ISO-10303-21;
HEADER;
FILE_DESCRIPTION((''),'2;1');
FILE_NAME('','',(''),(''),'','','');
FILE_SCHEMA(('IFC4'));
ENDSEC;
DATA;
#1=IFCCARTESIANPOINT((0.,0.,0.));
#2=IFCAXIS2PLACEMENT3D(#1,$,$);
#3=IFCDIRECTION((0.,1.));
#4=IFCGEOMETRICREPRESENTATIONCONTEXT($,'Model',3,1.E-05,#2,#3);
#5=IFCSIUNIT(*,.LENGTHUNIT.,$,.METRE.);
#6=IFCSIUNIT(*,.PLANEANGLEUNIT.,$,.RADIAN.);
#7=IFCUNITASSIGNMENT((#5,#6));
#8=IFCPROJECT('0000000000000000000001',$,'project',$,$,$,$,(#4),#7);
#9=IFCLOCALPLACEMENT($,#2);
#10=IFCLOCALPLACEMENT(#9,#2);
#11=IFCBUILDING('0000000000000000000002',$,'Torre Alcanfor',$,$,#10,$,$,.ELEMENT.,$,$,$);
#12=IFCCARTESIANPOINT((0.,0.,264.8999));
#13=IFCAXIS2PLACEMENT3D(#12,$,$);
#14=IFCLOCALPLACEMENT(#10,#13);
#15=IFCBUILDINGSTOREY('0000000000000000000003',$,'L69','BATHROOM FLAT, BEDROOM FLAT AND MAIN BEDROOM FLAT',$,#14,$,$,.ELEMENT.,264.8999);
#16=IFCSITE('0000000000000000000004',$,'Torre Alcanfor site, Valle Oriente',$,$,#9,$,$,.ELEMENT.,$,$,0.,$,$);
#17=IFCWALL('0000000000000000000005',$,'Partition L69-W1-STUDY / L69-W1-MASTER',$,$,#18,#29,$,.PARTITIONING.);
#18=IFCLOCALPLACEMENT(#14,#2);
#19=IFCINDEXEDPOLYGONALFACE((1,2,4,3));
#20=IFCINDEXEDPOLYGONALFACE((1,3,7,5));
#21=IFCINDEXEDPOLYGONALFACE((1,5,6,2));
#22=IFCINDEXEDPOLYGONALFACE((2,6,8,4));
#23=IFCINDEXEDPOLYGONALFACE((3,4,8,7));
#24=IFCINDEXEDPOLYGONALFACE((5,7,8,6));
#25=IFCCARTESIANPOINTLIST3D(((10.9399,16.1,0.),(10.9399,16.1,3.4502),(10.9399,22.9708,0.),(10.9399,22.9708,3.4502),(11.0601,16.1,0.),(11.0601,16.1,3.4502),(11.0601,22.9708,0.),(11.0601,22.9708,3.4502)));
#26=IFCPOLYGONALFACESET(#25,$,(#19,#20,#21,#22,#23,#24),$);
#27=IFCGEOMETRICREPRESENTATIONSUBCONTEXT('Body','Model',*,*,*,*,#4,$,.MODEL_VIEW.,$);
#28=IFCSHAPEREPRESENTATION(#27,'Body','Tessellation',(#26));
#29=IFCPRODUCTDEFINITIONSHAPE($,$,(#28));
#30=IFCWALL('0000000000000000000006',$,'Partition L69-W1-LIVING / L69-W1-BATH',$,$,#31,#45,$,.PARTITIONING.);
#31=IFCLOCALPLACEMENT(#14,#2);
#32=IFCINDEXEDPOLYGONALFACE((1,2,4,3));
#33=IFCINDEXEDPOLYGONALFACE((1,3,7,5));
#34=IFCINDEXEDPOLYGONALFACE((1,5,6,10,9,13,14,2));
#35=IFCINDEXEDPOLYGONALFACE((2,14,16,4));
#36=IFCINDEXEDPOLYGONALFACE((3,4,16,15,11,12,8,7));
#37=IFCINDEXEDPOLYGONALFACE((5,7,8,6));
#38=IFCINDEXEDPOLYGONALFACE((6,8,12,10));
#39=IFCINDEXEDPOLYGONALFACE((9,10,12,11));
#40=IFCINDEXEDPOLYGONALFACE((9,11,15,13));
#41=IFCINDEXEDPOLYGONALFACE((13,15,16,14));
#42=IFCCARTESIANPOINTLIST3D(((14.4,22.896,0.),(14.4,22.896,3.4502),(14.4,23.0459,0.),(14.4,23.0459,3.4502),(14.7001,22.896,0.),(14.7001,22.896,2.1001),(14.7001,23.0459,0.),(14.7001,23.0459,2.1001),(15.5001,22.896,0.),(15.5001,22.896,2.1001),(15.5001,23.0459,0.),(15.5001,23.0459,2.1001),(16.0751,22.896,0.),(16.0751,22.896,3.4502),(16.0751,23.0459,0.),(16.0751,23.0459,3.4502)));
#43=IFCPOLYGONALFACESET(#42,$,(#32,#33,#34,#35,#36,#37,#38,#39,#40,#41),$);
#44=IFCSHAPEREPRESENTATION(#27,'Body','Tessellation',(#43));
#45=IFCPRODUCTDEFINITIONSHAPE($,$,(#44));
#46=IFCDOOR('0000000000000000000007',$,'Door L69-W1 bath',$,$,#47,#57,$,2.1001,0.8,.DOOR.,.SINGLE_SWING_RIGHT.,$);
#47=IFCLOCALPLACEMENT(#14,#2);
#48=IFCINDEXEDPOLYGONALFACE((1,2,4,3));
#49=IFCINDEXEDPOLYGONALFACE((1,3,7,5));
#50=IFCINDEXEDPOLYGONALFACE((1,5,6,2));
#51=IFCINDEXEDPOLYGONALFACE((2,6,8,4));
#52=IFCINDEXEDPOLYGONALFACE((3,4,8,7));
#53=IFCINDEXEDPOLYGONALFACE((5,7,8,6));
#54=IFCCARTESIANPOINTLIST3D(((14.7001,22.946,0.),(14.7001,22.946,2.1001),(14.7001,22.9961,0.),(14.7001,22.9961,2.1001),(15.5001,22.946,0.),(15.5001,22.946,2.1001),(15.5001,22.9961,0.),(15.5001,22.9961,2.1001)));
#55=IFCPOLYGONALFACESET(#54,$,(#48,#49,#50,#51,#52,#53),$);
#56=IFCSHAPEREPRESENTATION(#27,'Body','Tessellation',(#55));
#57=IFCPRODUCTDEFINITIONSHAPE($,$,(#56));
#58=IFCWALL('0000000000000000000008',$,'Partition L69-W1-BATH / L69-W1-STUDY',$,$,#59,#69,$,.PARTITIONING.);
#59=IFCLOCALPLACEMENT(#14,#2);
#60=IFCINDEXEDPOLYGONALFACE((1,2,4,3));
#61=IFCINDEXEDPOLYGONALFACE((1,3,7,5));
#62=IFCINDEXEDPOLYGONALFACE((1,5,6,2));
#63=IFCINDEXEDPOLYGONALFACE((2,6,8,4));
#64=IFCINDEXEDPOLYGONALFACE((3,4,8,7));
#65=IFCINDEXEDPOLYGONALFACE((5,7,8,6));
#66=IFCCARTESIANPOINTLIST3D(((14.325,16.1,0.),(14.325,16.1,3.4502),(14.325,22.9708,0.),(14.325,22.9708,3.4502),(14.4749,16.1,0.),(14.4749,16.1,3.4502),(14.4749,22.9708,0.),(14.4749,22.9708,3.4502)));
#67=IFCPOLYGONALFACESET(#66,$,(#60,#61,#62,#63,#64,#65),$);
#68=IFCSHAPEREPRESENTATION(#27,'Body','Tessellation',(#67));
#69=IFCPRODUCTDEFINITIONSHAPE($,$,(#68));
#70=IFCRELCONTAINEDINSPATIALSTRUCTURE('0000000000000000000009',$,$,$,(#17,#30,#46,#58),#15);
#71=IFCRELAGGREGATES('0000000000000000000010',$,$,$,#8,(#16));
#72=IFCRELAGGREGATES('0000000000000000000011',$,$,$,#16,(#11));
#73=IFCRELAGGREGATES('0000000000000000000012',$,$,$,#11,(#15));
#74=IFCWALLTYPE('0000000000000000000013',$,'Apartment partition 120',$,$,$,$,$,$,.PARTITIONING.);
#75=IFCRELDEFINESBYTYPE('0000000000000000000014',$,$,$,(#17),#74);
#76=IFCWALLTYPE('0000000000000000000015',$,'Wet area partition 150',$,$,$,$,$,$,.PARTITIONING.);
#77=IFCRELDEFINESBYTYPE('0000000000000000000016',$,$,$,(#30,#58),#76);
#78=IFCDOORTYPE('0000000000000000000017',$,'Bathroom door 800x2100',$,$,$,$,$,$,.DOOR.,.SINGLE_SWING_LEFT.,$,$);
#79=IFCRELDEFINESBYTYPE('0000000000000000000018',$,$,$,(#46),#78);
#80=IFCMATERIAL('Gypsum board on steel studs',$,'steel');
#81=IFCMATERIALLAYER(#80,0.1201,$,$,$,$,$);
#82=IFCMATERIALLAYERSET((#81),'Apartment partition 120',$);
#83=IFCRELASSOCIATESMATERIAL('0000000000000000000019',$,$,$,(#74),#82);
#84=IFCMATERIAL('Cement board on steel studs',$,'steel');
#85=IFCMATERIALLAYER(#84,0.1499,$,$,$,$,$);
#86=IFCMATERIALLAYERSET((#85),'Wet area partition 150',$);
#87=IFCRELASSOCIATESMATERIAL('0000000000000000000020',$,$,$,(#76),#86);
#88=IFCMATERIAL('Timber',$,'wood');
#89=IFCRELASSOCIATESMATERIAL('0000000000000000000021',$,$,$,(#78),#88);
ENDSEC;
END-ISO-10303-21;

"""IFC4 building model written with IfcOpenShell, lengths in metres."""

from ifc_helpers import new_model, si_unit, direction, frame, frame_2d, origin, place, context, subcontext, project, spatial, rectangle, extrude, material, layer, layer_set, type_object, element, fill, save


model = new_model("IFC4")

# Units and contexts
model_context = context("Model", 3, precision=1e-05, world=origin(), true_north=direction((0.0, 1.0)))
body_context = subcontext(model_context, "Body", "Model", "MODEL_VIEW")
ifc_project = project(units=[si_unit("LENGTHUNIT", "METRE"), si_unit("PLANEANGLEUNIT", "RADIAN")], contexts=[model_context])

# Site, building, storey
site_placement = place(None, origin())
site = spatial("IfcSite", under=ifc_project, at=site_placement, Name="Torre Alcanfor site, Valle Oriente", CompositionType="ELEMENT", RefElevation=0.0)
building_placement = place(site_placement, origin())
building = spatial("IfcBuilding", under=site, at=building_placement, Name="Torre Alcanfor", CompositionType="ELEMENT")
storey_placement = place(building_placement, frame((0.0, 0.0, 264.8999)))
storey = spatial("IfcBuildingStorey", under=building, at=storey_placement, Name="L69", Description="BATHROOM FLAT, BEDROOM FLAT AND MAIN BEDROOM FLAT", CompositionType="ELEMENT", Elevation=264.8999)

# Shared definitions
ifc_material_1 = material(Name="Gypsum board on steel studs", Category="steel")
ifc_layer_1 = layer(ifc_material_1, 0.1201)
ifc_layer_set_1 = layer_set([ifc_layer_1], Name="Apartment partition 120")
wall_type_1 = type_object("IfcWallType", Name="Apartment partition 120", PredefinedType="PARTITIONING", material=ifc_layer_set_1)

# Wall
wall_1_placement = place(storey_placement, frame((11.0, 22.9709, 0.0), z_axis=(0.0, 0.0, 1.0), x_axis=(0.0, -1.0, 0.0)))
element("IfcWall", 1, at=wall_1_placement, inside=storey, type_object=wall_type_1, Name="Partition L69-W1-STUDY / L69-W1-MASTER", PredefinedType="PARTITIONING", context=body_context, shape_type="SweptSolid", body=[
    extrude(rectangle(XDim=6.8708, YDim=0.1201, at=frame_2d((3.4355, 0.0))), origin(), (0.0, 0.0, 1.0), 3.4502),
])

# Wall, opening, door
ifc_material_2 = material(Name="Cement board on steel studs", Category="steel")
ifc_layer_2 = layer(ifc_material_2, 0.1499)
ifc_layer_set_2 = layer_set([ifc_layer_2], Name="Wet area partition 150")
wall_type_2 = type_object("IfcWallType", Name="Wet area partition 150", PredefinedType="PARTITIONING", material=ifc_layer_set_2)
wall_2_placement = place(storey_placement, frame((16.075, 22.9709, 0.0), z_axis=(0.0, 0.0, 1.0), x_axis=(-1.0, 0.0, 0.0)))
wall_2 = element("IfcWall", 2, at=wall_2_placement, inside=storey, type_object=wall_type_2, Name="Partition L69-W1-LIVING / L69-W1-BATH", PredefinedType="PARTITIONING", context=body_context, shape_type="SweptSolid", body=[
    extrude(rectangle(XDim=1.675, YDim=0.1499, at=frame_2d((0.8374, 0.0))), origin(), (0.0, 0.0, 1.0), 3.4502),
])
opening_1_placement = place(wall_2_placement, frame((0.575, 0.0, 0.0)))
opening_1 = element("IfcOpeningElement", 3, at=opening_1_placement, cuts=wall_2, PredefinedType="OPENING", context=body_context, shape_type="SweptSolid", body=[
    extrude(rectangle(XDim=0.8, YDim=2.1001, at=frame_2d((0.3999, 1.05))), frame((0.0, 0.085, 0.0), z_axis=(0.0, -1.0, 0.0), x_axis=(1.0, 0.0, 0.0)), (0.0, 0.0, 1.0), 0.1699),
])
ifc_material_3 = material(Name="Timber", Category="wood")
door_type_1 = type_object("IfcDoorType", Name="Bathroom door 800x2100", OperationType="SINGLE_SWING_LEFT", PredefinedType="DOOR", material=ifc_material_3)
door_1_placement = place(opening_1_placement, origin())
door_1 = element("IfcDoor", 4, at=door_1_placement, inside=storey, type_object=door_type_1, Name="Door L69-W1 bath", OperationType="SINGLE_SWING_RIGHT", OverallHeight=2.1001, OverallWidth=0.8, PredefinedType="DOOR", context=body_context, shape_type="SweptSolid", body=[
    extrude(rectangle(XDim=0.8, YDim=2.1001, at=frame_2d((0.3999, 1.05))), frame((0.0, 0.0249, 0.0), z_axis=(0.0, -1.0, 0.0), x_axis=(1.0, 0.0, 0.0)), (0.0, 0.0, 1.0), 0.05),
])
fill(opening_1, door_1)

# Wall
wall_3_placement = place(storey_placement, frame((14.3999, 22.9709, 0.0), z_axis=(0.0, 0.0, 1.0), x_axis=(0.0, -1.0, 0.0)))
element("IfcWall", 5, at=wall_3_placement, inside=storey, type_object=wall_type_2, Name="Partition L69-W1-BATH / L69-W1-STUDY", PredefinedType="PARTITIONING", context=body_context, shape_type="SweptSolid", body=[
    extrude(rectangle(XDim=6.8708, YDim=0.1499, at=frame_2d((3.4355, 0.0))), origin(), (0.0, 0.0, 1.0), 3.4502),
])

save(model, "model.ifc")
